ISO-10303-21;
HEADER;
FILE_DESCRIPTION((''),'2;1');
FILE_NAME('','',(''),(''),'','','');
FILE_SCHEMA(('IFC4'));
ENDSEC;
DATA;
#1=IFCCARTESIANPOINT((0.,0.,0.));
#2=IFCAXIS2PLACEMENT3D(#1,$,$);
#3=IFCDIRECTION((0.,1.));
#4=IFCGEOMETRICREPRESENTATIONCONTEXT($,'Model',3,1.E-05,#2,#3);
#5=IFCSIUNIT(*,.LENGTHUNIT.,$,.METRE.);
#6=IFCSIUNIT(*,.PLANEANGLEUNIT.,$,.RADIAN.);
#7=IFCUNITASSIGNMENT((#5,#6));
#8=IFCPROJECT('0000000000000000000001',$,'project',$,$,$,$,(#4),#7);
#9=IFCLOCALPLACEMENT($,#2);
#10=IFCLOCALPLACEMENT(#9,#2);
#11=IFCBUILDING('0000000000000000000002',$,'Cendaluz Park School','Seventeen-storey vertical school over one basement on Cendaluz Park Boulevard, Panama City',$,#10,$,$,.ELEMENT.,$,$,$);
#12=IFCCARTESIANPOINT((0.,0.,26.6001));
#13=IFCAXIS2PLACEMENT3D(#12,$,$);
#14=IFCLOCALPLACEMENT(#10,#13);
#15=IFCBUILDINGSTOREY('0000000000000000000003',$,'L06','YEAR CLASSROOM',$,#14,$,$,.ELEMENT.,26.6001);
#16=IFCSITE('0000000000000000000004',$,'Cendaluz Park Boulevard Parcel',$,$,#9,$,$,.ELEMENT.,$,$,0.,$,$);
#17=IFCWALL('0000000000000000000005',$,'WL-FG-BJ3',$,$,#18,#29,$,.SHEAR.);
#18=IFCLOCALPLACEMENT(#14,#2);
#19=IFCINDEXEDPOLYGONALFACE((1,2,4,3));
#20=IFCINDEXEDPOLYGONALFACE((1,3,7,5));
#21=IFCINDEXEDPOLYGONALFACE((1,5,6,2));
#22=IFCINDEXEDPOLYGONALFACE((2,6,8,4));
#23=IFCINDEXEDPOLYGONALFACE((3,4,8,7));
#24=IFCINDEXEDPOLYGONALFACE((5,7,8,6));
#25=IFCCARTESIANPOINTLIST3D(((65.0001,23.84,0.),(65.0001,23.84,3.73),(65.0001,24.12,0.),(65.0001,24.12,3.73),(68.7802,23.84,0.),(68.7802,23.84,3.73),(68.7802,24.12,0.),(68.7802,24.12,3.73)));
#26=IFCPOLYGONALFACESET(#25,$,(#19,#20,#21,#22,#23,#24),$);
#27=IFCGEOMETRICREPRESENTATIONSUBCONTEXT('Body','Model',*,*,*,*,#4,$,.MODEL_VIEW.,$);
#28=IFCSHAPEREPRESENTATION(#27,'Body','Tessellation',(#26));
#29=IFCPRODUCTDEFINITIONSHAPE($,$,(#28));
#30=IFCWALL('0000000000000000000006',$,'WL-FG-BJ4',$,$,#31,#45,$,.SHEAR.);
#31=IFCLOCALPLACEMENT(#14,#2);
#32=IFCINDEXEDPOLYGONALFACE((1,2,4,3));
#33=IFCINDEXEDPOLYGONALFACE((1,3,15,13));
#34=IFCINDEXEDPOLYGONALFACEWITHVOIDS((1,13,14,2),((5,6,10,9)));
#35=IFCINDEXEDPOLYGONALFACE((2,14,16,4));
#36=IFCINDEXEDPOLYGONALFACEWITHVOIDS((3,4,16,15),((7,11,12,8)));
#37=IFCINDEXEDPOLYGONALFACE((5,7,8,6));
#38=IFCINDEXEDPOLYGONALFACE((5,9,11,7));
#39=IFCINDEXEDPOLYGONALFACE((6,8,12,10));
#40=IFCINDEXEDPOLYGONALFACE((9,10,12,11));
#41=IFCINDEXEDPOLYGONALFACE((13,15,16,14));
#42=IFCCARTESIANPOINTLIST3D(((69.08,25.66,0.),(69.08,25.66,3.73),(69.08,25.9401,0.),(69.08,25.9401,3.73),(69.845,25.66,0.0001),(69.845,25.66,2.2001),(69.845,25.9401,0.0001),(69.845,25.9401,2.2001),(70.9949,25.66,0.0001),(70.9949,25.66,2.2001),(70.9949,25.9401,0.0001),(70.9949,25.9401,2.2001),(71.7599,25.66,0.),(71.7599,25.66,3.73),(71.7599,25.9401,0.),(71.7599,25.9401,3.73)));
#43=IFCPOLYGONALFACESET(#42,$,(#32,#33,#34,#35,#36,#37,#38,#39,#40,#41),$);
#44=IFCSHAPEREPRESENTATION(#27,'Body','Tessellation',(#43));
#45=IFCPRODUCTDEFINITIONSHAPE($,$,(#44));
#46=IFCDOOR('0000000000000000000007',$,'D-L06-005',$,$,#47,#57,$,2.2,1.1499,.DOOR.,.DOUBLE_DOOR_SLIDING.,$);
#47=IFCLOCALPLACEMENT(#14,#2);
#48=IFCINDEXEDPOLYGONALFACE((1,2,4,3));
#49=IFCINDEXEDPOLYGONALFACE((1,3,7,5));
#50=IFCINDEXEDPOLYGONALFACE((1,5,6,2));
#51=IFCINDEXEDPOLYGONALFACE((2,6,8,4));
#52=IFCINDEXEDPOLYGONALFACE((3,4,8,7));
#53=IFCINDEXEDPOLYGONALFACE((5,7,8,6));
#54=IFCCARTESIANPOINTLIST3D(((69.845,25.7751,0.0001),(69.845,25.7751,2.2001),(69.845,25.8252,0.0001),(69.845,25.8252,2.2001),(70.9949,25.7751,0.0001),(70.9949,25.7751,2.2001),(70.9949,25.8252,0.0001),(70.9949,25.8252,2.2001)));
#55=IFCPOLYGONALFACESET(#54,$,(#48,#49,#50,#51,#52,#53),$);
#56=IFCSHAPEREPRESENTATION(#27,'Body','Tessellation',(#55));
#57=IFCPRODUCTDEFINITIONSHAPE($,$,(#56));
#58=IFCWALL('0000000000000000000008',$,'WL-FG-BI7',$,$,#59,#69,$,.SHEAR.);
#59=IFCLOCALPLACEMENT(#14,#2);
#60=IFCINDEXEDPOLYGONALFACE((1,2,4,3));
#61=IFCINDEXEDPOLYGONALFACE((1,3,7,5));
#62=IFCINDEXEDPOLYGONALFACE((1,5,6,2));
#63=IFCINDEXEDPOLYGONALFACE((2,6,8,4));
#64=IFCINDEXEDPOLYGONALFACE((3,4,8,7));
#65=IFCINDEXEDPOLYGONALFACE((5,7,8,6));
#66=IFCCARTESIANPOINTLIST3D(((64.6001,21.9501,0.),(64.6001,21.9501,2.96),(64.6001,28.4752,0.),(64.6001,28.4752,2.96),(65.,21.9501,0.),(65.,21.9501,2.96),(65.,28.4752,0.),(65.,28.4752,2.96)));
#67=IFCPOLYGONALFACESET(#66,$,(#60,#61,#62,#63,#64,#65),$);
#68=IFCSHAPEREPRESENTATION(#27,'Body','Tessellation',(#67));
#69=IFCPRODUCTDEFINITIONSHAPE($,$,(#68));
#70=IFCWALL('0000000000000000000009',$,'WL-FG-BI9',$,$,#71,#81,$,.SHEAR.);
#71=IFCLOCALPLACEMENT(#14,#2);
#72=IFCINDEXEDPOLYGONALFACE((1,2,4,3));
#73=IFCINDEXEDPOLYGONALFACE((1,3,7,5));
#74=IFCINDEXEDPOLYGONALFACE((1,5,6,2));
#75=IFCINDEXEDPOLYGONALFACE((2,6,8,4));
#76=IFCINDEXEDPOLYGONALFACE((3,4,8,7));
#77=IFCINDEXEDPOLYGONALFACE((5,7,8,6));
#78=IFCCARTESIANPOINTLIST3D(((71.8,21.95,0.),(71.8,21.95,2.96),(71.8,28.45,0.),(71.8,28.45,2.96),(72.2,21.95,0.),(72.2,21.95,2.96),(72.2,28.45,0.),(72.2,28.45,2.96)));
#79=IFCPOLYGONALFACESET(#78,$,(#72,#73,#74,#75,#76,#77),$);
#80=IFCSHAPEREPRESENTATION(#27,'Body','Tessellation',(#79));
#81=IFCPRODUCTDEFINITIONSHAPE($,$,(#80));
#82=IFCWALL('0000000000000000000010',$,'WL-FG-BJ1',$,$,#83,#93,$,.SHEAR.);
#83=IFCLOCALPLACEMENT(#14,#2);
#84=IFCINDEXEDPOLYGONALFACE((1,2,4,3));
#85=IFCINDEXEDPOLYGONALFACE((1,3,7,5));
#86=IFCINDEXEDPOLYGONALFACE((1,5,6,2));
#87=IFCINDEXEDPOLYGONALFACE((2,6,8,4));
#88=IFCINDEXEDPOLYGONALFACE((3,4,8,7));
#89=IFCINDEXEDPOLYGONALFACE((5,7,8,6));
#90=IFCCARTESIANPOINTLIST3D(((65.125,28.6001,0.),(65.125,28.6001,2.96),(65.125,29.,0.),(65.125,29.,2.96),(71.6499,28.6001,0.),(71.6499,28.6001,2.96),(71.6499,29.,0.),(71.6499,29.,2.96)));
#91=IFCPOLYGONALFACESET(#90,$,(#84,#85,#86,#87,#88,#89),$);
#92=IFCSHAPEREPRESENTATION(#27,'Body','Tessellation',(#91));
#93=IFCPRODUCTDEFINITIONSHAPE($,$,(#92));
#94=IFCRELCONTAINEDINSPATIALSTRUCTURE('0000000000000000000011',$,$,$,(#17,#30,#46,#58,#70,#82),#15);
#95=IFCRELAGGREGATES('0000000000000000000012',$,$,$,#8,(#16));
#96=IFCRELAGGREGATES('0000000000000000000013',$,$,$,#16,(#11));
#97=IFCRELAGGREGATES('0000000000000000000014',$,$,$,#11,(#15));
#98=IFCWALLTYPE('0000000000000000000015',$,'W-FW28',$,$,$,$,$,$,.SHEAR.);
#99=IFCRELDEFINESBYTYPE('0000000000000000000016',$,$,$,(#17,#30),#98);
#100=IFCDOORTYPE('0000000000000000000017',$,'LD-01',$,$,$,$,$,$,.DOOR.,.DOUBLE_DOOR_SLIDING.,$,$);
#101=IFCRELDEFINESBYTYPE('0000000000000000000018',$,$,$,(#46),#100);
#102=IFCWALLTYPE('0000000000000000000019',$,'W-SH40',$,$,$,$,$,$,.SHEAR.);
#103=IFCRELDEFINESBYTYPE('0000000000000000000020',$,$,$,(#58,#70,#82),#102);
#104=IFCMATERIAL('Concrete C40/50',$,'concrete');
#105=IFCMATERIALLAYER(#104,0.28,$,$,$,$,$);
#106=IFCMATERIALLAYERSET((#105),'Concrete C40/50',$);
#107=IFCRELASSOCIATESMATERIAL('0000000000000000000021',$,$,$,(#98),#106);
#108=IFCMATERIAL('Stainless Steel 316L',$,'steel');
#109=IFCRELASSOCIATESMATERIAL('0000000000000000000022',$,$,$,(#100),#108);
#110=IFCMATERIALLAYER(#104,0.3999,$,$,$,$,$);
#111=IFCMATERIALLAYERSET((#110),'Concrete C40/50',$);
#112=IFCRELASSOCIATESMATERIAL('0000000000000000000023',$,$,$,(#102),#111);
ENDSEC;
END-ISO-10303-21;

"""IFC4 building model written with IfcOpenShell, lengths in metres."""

from ifc_helpers import new_model, si_unit, direction, frame, frame_2d, origin, place, context, subcontext, project, spatial, rectangle, extrude, material, layer, layer_set, type_object, element, fill, save


model = new_model("IFC4")

# Units and contexts
model_context = context("Model", 3, precision=1e-05, world=origin(), true_north=direction((0.0, 1.0)))
body_context = subcontext(model_context, "Body", "Model", "MODEL_VIEW")
ifc_project = project(units=[si_unit("LENGTHUNIT", "METRE"), si_unit("PLANEANGLEUNIT", "RADIAN")], contexts=[model_context])

# Site, building, storey
site_placement = place(None, origin())
site = spatial("IfcSite", under=ifc_project, at=site_placement, Name="Cendaluz Park Boulevard Parcel", CompositionType="ELEMENT", RefElevation=0.0)
building_placement = place(site_placement, origin())
building = spatial("IfcBuilding", under=site, at=building_placement, Name="Cendaluz Park School", Description="Seventeen-storey vertical school over one basement on Cendaluz Park Boulevard, Panama City", CompositionType="ELEMENT")
storey_placement = place(building_placement, frame((0.0, 0.0, 26.6001)))
storey = spatial("IfcBuildingStorey", under=building, at=storey_placement, Name="L06", Description="YEAR CLASSROOM", CompositionType="ELEMENT", Elevation=26.6001)

# Shared definitions
ifc_material_1 = material(Name="Concrete C40/50", Category="concrete")

# Wall
ifc_layer_1 = layer(ifc_material_1, 0.28)
ifc_layer_set_1 = layer_set([ifc_layer_1], Name="Concrete C40/50")
wall_type_1 = type_object("IfcWallType", Name="W-FW28", PredefinedType="SHEAR", material=ifc_layer_set_1)
wall_1_placement = place(storey_placement, frame((65.0, 23.98, 0.0), z_axis=(0.0, 0.0, 1.0), x_axis=(1.0, 0.0, 0.0)))
element("IfcWall", 1, at=wall_1_placement, inside=storey, type_object=wall_type_1, Name="WL-FG-BJ3", PredefinedType="SHEAR", context=body_context, shape_type="SweptSolid", body=[
    extrude(rectangle(XDim=3.78, YDim=0.28, at=frame_2d((1.8901, 0.0))), origin(), (0.0, 0.0, 1.0), 3.73),
])

# Wall, opening, door
wall_2_placement = place(storey_placement, frame((69.0801, 25.8, 0.0), z_axis=(0.0, 0.0, 1.0), x_axis=(1.0, 0.0, 0.0)))
wall_2 = element("IfcWall", 2, at=wall_2_placement, inside=storey, type_object=wall_type_1, Name="WL-FG-BJ4", PredefinedType="SHEAR", context=body_context, shape_type="SweptSolid", body=[
    extrude(rectangle(XDim=2.6799, YDim=0.28, at=frame_2d((1.3398, 0.0))), origin(), (0.0, 0.0, 1.0), 3.73),
])
opening_1_placement = place(wall_2_placement, frame((0.7649, 0.0, 0.0)))
opening_1 = element("IfcOpeningElement", 3, at=opening_1_placement, cuts=wall_2, PredefinedType="OPENING", context=body_context, shape_type="SweptSolid", body=[
    extrude(rectangle(XDim=1.1499, YDim=2.2, at=frame_2d((0.575, 1.1001))), frame((0.0, 0.1521, 0.0), z_axis=(0.0, -1.0, 0.0), x_axis=(1.0, 0.0, 0.0)), (0.0, 0.0, 1.0), 0.304),
])
ifc_material_2 = material(Name="Stainless Steel 316L", Category="steel")
door_type_1 = type_object("IfcDoorType", Name="LD-01", OperationType="DOUBLE_DOOR_SLIDING", PredefinedType="DOOR", material=ifc_material_2)
door_1_placement = place(opening_1_placement, frame((1.1499, 0.0, 0.0), z_axis=(0.0, 0.0, 1.0), x_axis=(-1.0, 0.0, 0.0)))
door_1 = element("IfcDoor", 4, at=door_1_placement, inside=storey, type_object=door_type_1, Name="D-L06-005", OperationType="DOUBLE_DOOR_SLIDING", OverallHeight=2.2, OverallWidth=1.1499, PredefinedType="DOOR", context=body_context, shape_type="SweptSolid", body=[
    extrude(rectangle(XDim=1.1499, YDim=2.2, at=frame_2d((0.575, 1.1001))), frame((0.0, 0.0249, 0.0), z_axis=(0.0, -1.0, 0.0), x_axis=(1.0, 0.0, 0.0)), (0.0, 0.0, 1.0), 0.05),
])
fill(opening_1, door_1)

# Walls
ifc_layer_2 = layer(ifc_material_1, 0.3999)
ifc_layer_set_2 = layer_set([ifc_layer_2], Name="Concrete C40/50")
wall_type_2 = type_object("IfcWallType", Name="W-SH40", PredefinedType="SHEAR", material=ifc_layer_set_2)
wall_3_placement = place(storey_placement, frame((64.8, 21.95, 0.0), z_axis=(0.0, 0.0, 1.0), x_axis=(0.0, 1.0, 0.0)))
element("IfcWall", 5, at=wall_3_placement, inside=storey, type_object=wall_type_2, Name="WL-FG-BI7", PredefinedType="SHEAR", context=body_context, shape_type="SweptSolid", body=[
    extrude(rectangle(XDim=6.5251, YDim=0.3999, at=frame_2d((3.2627, 0.0))), origin(), (0.0, 0.0, 1.0), 2.96),
])
wall_4_placement = place(storey_placement, frame((72.0, 21.95, 0.0), z_axis=(0.0, 0.0, 1.0), x_axis=(0.0, 1.0, 0.0)))
element("IfcWall", 6, at=wall_4_placement, inside=storey, type_object=wall_type_2, Name="WL-FG-BI9", PredefinedType="SHEAR", context=body_context, shape_type="SweptSolid", body=[
    extrude(rectangle(XDim=6.5, YDim=0.3999, at=frame_2d((3.25, 0.0))), origin(), (0.0, 0.0, 1.0), 2.96),
])
wall_5_placement = place(storey_placement, frame((65.125, 28.8, 0.0), z_axis=(0.0, 0.0, 1.0), x_axis=(1.0, 0.0, 0.0)))
element("IfcWall", 7, at=wall_5_placement, inside=storey, type_object=wall_type_2, Name="WL-FG-BJ1", PredefinedType="SHEAR", context=body_context, shape_type="SweptSolid", body=[
    extrude(rectangle(XDim=6.5249, YDim=0.3999, at=frame_2d((3.2625, 0.0))), origin(), (0.0, 0.0, 1.0), 2.96),
])

save(model, "model.ifc")
